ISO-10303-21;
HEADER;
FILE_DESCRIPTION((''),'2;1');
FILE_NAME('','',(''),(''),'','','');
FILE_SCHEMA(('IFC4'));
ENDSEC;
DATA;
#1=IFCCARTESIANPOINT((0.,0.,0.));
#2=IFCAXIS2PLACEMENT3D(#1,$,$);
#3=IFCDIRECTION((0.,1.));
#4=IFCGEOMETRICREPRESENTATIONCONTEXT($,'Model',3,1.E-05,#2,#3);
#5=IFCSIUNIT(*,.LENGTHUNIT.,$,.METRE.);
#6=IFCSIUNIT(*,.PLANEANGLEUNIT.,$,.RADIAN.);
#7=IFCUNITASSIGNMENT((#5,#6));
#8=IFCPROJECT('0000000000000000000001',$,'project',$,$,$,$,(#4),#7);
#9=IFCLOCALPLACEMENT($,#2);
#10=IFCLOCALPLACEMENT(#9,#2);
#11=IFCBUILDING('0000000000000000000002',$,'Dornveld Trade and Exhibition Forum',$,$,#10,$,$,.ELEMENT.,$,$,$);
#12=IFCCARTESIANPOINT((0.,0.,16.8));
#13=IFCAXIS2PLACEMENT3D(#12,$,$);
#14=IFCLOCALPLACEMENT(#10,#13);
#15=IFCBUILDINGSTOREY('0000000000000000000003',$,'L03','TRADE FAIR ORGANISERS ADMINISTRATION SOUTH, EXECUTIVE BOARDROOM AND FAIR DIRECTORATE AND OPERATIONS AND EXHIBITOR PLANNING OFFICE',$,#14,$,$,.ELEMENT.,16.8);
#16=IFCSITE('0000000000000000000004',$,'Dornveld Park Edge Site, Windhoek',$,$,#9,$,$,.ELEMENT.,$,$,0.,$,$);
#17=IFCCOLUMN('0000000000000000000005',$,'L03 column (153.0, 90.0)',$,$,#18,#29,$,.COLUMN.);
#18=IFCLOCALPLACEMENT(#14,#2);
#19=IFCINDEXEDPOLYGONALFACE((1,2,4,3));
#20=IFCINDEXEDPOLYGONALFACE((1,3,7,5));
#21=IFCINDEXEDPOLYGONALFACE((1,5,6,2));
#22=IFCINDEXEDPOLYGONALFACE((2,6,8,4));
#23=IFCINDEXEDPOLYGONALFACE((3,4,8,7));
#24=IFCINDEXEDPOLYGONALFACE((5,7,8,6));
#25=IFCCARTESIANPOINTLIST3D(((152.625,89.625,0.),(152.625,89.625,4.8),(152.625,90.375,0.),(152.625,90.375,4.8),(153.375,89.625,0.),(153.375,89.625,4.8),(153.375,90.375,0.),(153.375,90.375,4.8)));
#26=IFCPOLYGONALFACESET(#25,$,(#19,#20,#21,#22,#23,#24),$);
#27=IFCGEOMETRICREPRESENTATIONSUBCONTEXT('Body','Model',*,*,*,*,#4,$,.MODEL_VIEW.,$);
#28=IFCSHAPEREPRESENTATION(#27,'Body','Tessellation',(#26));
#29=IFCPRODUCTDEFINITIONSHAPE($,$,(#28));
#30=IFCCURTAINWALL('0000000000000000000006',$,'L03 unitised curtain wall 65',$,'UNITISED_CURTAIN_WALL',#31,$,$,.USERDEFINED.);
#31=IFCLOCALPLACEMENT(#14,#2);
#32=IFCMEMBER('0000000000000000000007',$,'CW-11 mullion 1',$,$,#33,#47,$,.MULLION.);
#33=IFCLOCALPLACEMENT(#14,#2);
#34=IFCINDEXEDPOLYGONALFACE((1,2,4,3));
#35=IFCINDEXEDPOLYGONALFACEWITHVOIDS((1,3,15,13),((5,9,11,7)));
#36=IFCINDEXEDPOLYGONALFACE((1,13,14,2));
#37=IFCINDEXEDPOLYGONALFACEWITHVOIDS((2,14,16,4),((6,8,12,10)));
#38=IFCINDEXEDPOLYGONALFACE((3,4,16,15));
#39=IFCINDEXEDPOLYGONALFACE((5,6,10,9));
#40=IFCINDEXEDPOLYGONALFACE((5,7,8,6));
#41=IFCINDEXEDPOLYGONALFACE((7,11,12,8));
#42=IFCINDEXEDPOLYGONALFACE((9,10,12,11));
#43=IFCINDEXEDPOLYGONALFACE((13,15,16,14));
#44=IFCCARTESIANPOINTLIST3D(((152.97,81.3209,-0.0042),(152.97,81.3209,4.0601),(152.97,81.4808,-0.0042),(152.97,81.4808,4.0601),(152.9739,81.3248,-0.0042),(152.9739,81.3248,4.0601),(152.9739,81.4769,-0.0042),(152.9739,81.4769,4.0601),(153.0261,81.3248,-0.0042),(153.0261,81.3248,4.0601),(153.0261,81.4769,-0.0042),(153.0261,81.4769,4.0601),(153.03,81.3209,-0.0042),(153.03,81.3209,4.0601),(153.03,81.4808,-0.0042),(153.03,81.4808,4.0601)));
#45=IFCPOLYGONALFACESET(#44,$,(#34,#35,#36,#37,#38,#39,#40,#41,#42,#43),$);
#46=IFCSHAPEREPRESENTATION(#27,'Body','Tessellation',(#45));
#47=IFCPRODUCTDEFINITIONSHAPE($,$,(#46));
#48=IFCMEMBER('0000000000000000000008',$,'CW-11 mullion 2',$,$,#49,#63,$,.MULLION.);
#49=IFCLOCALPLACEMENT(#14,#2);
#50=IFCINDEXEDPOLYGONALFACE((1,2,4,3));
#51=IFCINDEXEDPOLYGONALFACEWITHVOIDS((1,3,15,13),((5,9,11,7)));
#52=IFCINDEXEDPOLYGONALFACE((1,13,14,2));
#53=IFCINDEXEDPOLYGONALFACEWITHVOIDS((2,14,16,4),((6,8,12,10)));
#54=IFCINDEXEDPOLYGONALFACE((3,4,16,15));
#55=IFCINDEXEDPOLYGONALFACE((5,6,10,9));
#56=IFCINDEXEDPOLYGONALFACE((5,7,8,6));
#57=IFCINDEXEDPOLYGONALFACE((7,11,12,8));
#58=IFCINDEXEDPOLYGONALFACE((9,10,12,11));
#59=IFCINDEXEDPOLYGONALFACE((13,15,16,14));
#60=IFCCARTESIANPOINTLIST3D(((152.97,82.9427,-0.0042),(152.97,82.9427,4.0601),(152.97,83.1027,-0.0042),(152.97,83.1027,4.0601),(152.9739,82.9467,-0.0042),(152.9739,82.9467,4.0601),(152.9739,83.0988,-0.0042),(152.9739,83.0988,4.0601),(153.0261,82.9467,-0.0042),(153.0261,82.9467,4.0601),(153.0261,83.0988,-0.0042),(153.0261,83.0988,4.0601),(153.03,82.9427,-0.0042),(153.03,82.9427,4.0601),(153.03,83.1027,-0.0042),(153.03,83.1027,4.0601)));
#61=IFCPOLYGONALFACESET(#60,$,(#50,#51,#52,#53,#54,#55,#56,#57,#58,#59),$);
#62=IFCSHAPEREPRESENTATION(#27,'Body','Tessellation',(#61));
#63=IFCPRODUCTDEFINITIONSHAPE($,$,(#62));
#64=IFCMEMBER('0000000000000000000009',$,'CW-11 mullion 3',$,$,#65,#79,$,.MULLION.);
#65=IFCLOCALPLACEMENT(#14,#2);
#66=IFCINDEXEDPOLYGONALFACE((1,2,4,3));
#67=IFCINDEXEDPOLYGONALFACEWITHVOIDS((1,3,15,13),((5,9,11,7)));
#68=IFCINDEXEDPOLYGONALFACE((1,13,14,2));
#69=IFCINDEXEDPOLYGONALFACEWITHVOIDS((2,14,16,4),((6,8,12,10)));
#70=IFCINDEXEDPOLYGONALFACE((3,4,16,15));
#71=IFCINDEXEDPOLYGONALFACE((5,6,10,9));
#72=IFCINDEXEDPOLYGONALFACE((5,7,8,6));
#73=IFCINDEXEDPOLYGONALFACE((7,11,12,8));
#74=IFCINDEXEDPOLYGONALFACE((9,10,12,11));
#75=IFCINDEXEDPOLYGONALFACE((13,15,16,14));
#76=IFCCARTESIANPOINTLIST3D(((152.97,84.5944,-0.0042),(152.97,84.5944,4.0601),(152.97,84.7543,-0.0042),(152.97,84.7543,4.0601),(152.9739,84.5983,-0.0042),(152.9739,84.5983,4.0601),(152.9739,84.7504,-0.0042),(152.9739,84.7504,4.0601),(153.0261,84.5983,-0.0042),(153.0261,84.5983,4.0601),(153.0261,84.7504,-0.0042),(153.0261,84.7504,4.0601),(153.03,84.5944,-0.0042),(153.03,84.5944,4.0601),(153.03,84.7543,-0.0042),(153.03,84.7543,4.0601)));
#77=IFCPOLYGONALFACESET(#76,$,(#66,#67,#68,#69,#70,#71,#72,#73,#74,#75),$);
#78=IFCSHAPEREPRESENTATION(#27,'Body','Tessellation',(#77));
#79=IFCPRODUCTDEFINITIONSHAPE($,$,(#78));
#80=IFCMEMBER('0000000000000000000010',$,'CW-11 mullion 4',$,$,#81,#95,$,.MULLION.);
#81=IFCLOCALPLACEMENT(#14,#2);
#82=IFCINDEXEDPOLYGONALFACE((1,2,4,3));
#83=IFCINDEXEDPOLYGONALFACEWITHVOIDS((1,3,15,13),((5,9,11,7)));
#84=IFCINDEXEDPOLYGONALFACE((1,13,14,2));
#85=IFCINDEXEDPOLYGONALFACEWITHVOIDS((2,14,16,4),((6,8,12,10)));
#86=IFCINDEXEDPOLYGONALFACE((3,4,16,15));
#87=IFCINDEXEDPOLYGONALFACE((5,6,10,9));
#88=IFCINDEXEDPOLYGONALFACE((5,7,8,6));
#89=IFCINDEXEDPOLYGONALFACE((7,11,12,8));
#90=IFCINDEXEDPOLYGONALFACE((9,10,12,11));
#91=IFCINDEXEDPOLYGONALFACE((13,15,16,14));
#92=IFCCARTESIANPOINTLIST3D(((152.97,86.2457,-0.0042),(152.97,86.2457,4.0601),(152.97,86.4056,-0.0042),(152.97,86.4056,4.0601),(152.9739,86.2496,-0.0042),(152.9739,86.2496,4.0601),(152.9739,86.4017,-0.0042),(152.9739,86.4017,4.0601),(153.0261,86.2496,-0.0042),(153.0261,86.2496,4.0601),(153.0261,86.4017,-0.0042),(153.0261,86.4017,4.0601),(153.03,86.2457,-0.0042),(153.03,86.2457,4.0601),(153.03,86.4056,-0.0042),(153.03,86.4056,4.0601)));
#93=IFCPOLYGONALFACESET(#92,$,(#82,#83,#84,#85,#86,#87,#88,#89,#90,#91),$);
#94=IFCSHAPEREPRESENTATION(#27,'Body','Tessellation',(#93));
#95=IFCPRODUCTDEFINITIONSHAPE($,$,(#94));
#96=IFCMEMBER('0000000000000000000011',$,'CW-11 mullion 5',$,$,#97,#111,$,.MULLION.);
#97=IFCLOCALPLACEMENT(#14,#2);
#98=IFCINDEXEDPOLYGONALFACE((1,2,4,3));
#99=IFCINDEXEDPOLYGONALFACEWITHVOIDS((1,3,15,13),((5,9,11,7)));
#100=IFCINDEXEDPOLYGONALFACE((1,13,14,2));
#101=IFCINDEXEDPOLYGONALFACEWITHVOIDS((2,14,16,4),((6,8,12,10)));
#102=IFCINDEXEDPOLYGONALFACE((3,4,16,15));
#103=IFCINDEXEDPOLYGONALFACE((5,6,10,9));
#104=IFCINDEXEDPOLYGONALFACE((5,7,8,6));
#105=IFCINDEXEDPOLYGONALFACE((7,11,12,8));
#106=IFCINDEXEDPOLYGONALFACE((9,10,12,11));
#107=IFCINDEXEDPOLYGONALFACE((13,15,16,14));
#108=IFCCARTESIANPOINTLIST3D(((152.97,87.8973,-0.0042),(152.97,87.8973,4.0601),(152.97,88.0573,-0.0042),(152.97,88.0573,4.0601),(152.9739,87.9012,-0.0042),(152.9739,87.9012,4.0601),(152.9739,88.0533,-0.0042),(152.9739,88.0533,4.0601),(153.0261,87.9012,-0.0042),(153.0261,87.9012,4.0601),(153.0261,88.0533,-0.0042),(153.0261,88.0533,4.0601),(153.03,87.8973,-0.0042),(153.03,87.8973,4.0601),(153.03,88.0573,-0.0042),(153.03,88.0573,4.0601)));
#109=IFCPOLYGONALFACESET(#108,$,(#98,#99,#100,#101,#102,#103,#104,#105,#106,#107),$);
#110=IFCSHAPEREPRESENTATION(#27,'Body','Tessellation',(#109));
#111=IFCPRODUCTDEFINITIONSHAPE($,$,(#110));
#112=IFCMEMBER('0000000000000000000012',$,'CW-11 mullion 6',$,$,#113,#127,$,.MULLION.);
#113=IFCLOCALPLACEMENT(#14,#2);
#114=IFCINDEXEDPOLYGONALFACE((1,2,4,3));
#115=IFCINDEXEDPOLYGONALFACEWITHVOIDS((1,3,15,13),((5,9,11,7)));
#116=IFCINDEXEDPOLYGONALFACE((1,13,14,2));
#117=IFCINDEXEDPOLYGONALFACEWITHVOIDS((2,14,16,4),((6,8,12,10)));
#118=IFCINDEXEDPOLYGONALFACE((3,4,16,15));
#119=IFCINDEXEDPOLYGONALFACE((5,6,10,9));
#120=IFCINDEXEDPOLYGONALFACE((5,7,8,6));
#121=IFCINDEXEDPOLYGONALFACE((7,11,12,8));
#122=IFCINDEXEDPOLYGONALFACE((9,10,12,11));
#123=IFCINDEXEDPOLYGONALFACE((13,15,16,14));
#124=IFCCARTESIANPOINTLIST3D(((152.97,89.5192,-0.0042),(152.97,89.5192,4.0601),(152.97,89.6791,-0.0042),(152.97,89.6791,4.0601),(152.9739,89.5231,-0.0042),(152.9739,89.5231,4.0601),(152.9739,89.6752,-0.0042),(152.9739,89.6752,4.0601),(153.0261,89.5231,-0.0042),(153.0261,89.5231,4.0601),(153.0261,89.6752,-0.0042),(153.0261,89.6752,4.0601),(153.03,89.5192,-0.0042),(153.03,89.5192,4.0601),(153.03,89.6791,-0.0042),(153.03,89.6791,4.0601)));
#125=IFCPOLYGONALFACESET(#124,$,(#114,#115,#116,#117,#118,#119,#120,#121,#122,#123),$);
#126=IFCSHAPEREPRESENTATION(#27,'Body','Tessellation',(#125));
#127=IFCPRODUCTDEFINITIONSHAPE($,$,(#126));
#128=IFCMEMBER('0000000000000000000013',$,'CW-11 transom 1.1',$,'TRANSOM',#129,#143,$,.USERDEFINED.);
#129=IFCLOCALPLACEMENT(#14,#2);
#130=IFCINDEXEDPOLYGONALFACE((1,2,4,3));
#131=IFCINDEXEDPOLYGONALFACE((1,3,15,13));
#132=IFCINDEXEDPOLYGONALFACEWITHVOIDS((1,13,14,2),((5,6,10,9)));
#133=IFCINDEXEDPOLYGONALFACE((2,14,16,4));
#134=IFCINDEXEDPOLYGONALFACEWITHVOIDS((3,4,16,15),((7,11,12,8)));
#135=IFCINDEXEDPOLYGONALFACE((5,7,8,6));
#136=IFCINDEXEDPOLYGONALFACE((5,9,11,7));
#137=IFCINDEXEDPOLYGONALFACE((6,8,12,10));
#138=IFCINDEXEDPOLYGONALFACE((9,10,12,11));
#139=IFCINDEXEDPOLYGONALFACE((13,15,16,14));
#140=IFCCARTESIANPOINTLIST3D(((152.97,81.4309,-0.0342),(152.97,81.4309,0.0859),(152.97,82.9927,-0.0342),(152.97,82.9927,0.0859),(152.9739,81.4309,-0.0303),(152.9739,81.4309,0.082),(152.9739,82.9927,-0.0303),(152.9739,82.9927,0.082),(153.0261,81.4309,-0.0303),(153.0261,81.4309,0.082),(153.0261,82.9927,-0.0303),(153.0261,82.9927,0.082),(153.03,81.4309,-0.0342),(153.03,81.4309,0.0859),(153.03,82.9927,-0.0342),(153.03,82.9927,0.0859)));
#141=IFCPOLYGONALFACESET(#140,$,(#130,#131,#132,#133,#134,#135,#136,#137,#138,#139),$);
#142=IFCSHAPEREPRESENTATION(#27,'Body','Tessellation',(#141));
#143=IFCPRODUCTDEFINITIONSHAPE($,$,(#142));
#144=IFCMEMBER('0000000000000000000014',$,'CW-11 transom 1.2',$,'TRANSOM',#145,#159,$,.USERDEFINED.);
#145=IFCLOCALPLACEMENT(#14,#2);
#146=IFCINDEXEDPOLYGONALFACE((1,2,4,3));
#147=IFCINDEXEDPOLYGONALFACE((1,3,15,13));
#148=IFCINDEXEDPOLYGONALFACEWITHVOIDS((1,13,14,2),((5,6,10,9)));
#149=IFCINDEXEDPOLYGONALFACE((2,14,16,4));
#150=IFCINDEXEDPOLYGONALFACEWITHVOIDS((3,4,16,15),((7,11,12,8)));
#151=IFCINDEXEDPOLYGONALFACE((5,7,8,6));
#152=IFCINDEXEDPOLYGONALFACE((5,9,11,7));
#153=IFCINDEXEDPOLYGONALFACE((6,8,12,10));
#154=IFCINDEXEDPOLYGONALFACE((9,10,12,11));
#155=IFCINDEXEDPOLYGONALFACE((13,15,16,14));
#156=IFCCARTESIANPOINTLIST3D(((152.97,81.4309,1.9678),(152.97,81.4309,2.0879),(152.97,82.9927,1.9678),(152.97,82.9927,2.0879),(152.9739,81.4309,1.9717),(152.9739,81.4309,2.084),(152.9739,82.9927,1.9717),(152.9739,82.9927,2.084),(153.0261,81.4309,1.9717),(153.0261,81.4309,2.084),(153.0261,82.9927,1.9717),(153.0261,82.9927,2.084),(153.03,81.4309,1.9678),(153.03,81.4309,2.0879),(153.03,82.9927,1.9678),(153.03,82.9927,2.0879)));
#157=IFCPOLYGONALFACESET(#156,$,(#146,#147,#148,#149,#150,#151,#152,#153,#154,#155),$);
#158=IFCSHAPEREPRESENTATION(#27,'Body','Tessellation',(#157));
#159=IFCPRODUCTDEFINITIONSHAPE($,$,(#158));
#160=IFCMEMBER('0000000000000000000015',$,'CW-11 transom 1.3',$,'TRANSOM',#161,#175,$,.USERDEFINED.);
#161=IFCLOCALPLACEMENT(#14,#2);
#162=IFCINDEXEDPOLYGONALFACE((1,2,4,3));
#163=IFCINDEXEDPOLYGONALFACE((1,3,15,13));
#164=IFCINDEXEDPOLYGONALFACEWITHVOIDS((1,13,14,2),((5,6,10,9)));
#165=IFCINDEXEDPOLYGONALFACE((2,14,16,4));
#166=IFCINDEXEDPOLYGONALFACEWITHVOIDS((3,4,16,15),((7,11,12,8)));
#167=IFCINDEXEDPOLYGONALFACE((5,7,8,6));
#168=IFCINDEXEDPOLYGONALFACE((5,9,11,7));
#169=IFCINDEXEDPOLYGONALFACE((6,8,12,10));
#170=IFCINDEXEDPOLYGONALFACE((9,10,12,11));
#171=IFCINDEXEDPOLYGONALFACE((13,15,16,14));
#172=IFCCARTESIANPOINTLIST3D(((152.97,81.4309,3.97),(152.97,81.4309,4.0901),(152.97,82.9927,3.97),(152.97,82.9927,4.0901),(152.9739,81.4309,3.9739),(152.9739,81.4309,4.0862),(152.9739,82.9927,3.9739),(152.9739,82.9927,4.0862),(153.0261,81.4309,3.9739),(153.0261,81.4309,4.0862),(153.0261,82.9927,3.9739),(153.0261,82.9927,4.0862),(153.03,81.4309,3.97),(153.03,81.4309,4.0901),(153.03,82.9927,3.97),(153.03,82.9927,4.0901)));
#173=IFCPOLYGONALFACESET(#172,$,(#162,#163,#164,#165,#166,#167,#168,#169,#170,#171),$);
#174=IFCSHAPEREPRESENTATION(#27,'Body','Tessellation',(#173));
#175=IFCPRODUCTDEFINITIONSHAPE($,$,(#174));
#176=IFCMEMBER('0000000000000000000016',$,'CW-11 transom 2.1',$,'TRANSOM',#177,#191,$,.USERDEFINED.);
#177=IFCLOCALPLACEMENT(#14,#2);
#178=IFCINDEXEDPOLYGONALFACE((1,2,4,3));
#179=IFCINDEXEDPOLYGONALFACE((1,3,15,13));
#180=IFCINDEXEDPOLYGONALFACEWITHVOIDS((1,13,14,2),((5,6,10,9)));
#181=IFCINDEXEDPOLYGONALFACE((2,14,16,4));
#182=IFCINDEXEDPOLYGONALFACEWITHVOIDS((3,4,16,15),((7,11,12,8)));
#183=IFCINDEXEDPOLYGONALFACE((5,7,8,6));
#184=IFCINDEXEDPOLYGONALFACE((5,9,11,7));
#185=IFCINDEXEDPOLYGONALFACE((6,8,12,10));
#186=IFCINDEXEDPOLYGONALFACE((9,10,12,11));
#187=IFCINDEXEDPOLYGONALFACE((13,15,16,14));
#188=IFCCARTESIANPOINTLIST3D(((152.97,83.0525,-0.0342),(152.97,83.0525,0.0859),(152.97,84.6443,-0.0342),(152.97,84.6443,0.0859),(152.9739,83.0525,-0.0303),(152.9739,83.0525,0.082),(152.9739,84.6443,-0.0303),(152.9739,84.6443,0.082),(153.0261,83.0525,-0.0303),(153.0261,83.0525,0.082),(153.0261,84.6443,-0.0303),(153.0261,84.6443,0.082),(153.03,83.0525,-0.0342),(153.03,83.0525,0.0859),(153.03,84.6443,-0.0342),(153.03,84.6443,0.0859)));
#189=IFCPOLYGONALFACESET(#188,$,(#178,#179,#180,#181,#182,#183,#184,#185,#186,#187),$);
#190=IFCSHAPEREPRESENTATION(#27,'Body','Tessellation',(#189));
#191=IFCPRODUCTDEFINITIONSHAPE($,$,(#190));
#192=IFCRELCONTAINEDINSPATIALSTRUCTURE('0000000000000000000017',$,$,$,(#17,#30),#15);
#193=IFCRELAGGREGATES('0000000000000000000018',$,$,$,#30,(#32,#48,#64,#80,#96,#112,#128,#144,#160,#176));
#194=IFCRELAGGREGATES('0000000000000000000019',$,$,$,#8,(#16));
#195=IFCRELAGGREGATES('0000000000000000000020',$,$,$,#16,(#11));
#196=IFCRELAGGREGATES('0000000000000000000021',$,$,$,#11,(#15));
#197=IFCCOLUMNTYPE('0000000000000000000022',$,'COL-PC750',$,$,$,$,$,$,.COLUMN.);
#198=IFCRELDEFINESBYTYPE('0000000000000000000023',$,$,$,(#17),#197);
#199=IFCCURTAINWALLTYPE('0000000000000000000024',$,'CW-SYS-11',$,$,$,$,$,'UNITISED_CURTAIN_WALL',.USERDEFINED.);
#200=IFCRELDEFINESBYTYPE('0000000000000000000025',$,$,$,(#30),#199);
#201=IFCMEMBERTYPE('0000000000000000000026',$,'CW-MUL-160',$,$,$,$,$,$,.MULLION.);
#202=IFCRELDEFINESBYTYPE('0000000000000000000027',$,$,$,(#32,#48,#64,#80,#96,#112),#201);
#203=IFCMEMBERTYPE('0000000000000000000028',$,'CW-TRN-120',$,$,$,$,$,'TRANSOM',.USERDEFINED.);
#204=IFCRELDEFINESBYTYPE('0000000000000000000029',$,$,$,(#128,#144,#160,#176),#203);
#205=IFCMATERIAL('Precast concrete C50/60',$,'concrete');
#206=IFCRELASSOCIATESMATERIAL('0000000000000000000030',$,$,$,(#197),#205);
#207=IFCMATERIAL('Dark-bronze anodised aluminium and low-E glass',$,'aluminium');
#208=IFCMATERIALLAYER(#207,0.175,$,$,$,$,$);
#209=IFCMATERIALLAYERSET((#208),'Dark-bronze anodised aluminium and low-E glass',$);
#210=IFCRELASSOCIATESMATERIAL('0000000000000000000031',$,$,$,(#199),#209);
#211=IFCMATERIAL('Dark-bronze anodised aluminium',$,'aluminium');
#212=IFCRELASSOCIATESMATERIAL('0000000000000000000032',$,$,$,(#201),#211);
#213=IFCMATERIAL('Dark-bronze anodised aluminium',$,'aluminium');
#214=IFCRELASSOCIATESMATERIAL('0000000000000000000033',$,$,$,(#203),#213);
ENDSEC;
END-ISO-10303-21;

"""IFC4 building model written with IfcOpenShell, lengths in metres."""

from ifc_helpers import new_model, si_unit, direction, frame, origin, origin_2d, place, context, subcontext, project, spatial, rectangle, hollow_rectangle, extrude, material, layer, layer_set, material_profile, profile_set, type_object, element, aggregate, save


model = new_model("IFC4")

# Units and contexts
model_context = context("Model", 3, precision=1e-05, world=origin(), true_north=direction((0.0, 1.0)))
body_context = subcontext(model_context, "Body", "Model", "MODEL_VIEW")
ifc_project = project(units=[si_unit("LENGTHUNIT", "METRE"), si_unit("PLANEANGLEUNIT", "RADIAN")], contexts=[model_context])

# Site, building, storey
site_placement = place(None, origin())
site = spatial("IfcSite", under=ifc_project, at=site_placement, Name="Dornveld Park Edge Site, Windhoek", CompositionType="ELEMENT", RefElevation=0.0)
building_placement = place(site_placement, origin())
building = spatial("IfcBuilding", under=site, at=building_placement, Name="Dornveld Trade and Exhibition Forum", CompositionType="ELEMENT")
storey_placement = place(building_placement, frame((0.0, 0.0, 16.8)))
storey = spatial("IfcBuildingStorey", under=building, at=storey_placement, Name="L03", Description="TRADE FAIR ORGANISERS ADMINISTRATION SOUTH, EXECUTIVE BOARDROOM AND FAIR DIRECTORATE AND OPERATIONS AND EXHIBITOR PLANNING OFFICE", CompositionType="ELEMENT", Elevation=16.8)

# Column
ifc_material_1 = material(Name="Precast concrete C50/60", Category="concrete")
ifc_material_profile_1 = material_profile(ifc_material_1, rectangle(XDim=0.75, YDim=0.75, at=origin_2d()), Name="PC-COL 750x750")
ifc_profile_set_1 = profile_set([ifc_material_profile_1], Name="Precast concrete C50/60")
column_type = type_object("IfcColumnType", Name="COL-PC750", PredefinedType="COLUMN", material=ifc_profile_set_1)
column_placement = place(storey_placement, frame((153.0, 90.0, 0.0), z_axis=(0.0, 0.0, 1.0), x_axis=(1.0, 0.0, 0.0)))
element("IfcColumn", 1, at=column_placement, inside=storey, type_object=column_type, Name="L03 column (153.0, 90.0)", PredefinedType="COLUMN", context=body_context, shape_type="SweptSolid", body=[
    extrude(rectangle(XDim=0.75, YDim=0.75, at=origin_2d()), origin(), (0.0, 0.0, 1.0), 4.8),
])

# Curtain wall, members
ifc_material_2 = material(Name="Dark-bronze anodised aluminium and low-E glass", Category="aluminium")
ifc_layer_1 = layer(ifc_material_2, 0.175)
ifc_layer_set_1 = layer_set([ifc_layer_1], Name="Dark-bronze anodised aluminium and low-E glass")
curtain_wall_type = type_object("IfcCurtainWallType", Name="CW-SYS-11", ElementType="UNITISED_CURTAIN_WALL", PredefinedType="USERDEFINED", material=ifc_layer_set_1)
curtain_wall_placement = place(storey_placement, origin())
curtain_wall = element("IfcCurtainWall", 2, at=curtain_wall_placement, inside=storey, type_object=curtain_wall_type, Name="L03 unitised curtain wall 65", ObjectType="UNITISED_CURTAIN_WALL", PredefinedType="USERDEFINED")
ifc_material_3 = material(Name="Dark-bronze anodised aluminium", Category="aluminium")
ifc_material_profile_2 = material_profile(ifc_material_3, hollow_rectangle(XDim=0.0601, YDim=0.1599, WallThickness=0.0039, at=origin_2d()), Name="RHS 160x60x4")
ifc_profile_set_2 = profile_set([ifc_material_profile_2], Name="Dark-bronze anodised aluminium")
member_type_1 = type_object("IfcMemberType", Name="CW-MUL-160", PredefinedType="MULLION", material=ifc_profile_set_2)
member_1_placement = place(storey_placement, frame((153.0, 81.4009, -0.0042), z_axis=(0.0, 0.0, 1.0), x_axis=(-1.0, 0.0, 0.0)))
member_1 = element("IfcMember", 3, at=member_1_placement, type_object=member_type_1, Name="CW-11 mullion 1", PredefinedType="MULLION", context=body_context, shape_type="SweptSolid", body=[
    extrude(hollow_rectangle(XDim=0.0601, YDim=0.1599, WallThickness=0.0039, at=origin_2d()), origin(), (0.0, 0.0, 1.0), 4.0642),
])
member_2_placement = place(storey_placement, frame((153.0, 83.0227, -0.0042), z_axis=(0.0, 0.0, 1.0), x_axis=(-1.0, 0.0, 0.0)))
member_2 = element("IfcMember", 4, at=member_2_placement, type_object=member_type_1, Name="CW-11 mullion 2", PredefinedType="MULLION", context=body_context, shape_type="SweptSolid", body=[
    extrude(hollow_rectangle(XDim=0.0601, YDim=0.1599, WallThickness=0.0039, at=origin_2d()), origin(), (0.0, 0.0, 1.0), 4.0642),
])
member_3_placement = place(storey_placement, frame((153.0, 84.6743, -0.0042), z_axis=(0.0, 0.0, 1.0), x_axis=(-1.0, 0.0, 0.0)))
member_3 = element("IfcMember", 5, at=member_3_placement, type_object=member_type_1, Name="CW-11 mullion 3", PredefinedType="MULLION", context=body_context, shape_type="SweptSolid", body=[
    extrude(hollow_rectangle(XDim=0.0601, YDim=0.1599, WallThickness=0.0039, at=origin_2d()), origin(), (0.0, 0.0, 1.0), 4.0642),
])
member_4_placement = place(storey_placement, frame((153.0, 86.3257, -0.0042), z_axis=(0.0, 0.0, 1.0), x_axis=(-1.0, 0.0, 0.0)))
member_4 = element("IfcMember", 6, at=member_4_placement, type_object=member_type_1, Name="CW-11 mullion 4", PredefinedType="MULLION", context=body_context, shape_type="SweptSolid", body=[
    extrude(hollow_rectangle(XDim=0.0601, YDim=0.1599, WallThickness=0.0039, at=origin_2d()), origin(), (0.0, 0.0, 1.0), 4.0642),
])
member_5_placement = place(storey_placement, frame((153.0, 87.9773, -0.0042), z_axis=(0.0, 0.0, 1.0), x_axis=(-1.0, 0.0, 0.0)))
member_5 = element("IfcMember", 7, at=member_5_placement, type_object=member_type_1, Name="CW-11 mullion 5", PredefinedType="MULLION", context=body_context, shape_type="SweptSolid", body=[
    extrude(hollow_rectangle(XDim=0.0601, YDim=0.1599, WallThickness=0.0039, at=origin_2d()), origin(), (0.0, 0.0, 1.0), 4.0642),
])
member_6_placement = place(storey_placement, frame((153.0, 89.5991, -0.0042), z_axis=(0.0, 0.0, 1.0), x_axis=(-1.0, 0.0, 0.0)))
member_6 = element("IfcMember", 8, at=member_6_placement, type_object=member_type_1, Name="CW-11 mullion 6", PredefinedType="MULLION", context=body_context, shape_type="SweptSolid", body=[
    extrude(hollow_rectangle(XDim=0.0601, YDim=0.1599, WallThickness=0.0039, at=origin_2d()), origin(), (0.0, 0.0, 1.0), 4.0642),
])
ifc_material_4 = material(Name="Dark-bronze anodised aluminium", Category="aluminium")
ifc_material_profile_3 = material_profile(ifc_material_4, hollow_rectangle(XDim=0.0601, YDim=0.1201, WallThickness=0.0039, at=origin_2d()), Name="RHS 120x60x4")
ifc_profile_set_3 = profile_set([ifc_material_profile_3], Name="Dark-bronze anodised aluminium")
member_type_2 = type_object("IfcMemberType", Name="CW-TRN-120", ElementType="TRANSOM", PredefinedType="USERDEFINED", material=ifc_profile_set_3)
member_7_placement = place(storey_placement, frame((153.0, 81.4309, 0.0259), z_axis=(0.0, 1.0, 0.0), x_axis=(-1.0, 0.0, 0.0)))
member_7 = element("IfcMember", 9, at=member_7_placement, type_object=member_type_2, Name="CW-11 transom 1.1", ObjectType="TRANSOM", PredefinedType="USERDEFINED", context=body_context, shape_type="SweptSolid", body=[
    extrude(hollow_rectangle(XDim=0.0601, YDim=0.1201, WallThickness=0.0039, at=origin_2d()), origin(), (0.0, 0.0, 1.0), 1.5618),
])
member_8_placement = place(storey_placement, frame((153.0, 81.4309, 2.0278), z_axis=(0.0, 1.0, 0.0), x_axis=(-1.0, 0.0, 0.0)))
member_8 = element("IfcMember", 10, at=member_8_placement, type_object=member_type_2, Name="CW-11 transom 1.2", ObjectType="TRANSOM", PredefinedType="USERDEFINED", context=body_context, shape_type="SweptSolid", body=[
    extrude(hollow_rectangle(XDim=0.0601, YDim=0.1201, WallThickness=0.0039, at=origin_2d()), origin(), (0.0, 0.0, 1.0), 1.5618),
])
member_9_placement = place(storey_placement, frame((153.0, 81.4309, 4.03), z_axis=(0.0, 1.0, 0.0), x_axis=(-1.0, 0.0, 0.0)))
member_9 = element("IfcMember", 11, at=member_9_placement, type_object=member_type_2, Name="CW-11 transom 1.3", ObjectType="TRANSOM", PredefinedType="USERDEFINED", context=body_context, shape_type="SweptSolid", body=[
    extrude(hollow_rectangle(XDim=0.0601, YDim=0.1201, WallThickness=0.0039, at=origin_2d()), origin(), (0.0, 0.0, 1.0), 1.5618),
])
member_10_placement = place(storey_placement, frame((153.0, 83.0525, 0.0259), z_axis=(0.0, 1.0, 0.0), x_axis=(-1.0, 0.0, 0.0)))
member_10 = element("IfcMember", 12, at=member_10_placement, type_object=member_type_2, Name="CW-11 transom 2.1", ObjectType="TRANSOM", PredefinedType="USERDEFINED", context=body_context, shape_type="SweptSolid", body=[
    extrude(hollow_rectangle(XDim=0.0601, YDim=0.1201, WallThickness=0.0039, at=origin_2d()), origin(), (0.0, 0.0, 1.0), 1.5918),
])

aggregate(curtain_wall, [member_1, member_2, member_3, member_4, member_5, member_6, member_7, member_8, member_9, member_10])

save(model, "model.ifc")
